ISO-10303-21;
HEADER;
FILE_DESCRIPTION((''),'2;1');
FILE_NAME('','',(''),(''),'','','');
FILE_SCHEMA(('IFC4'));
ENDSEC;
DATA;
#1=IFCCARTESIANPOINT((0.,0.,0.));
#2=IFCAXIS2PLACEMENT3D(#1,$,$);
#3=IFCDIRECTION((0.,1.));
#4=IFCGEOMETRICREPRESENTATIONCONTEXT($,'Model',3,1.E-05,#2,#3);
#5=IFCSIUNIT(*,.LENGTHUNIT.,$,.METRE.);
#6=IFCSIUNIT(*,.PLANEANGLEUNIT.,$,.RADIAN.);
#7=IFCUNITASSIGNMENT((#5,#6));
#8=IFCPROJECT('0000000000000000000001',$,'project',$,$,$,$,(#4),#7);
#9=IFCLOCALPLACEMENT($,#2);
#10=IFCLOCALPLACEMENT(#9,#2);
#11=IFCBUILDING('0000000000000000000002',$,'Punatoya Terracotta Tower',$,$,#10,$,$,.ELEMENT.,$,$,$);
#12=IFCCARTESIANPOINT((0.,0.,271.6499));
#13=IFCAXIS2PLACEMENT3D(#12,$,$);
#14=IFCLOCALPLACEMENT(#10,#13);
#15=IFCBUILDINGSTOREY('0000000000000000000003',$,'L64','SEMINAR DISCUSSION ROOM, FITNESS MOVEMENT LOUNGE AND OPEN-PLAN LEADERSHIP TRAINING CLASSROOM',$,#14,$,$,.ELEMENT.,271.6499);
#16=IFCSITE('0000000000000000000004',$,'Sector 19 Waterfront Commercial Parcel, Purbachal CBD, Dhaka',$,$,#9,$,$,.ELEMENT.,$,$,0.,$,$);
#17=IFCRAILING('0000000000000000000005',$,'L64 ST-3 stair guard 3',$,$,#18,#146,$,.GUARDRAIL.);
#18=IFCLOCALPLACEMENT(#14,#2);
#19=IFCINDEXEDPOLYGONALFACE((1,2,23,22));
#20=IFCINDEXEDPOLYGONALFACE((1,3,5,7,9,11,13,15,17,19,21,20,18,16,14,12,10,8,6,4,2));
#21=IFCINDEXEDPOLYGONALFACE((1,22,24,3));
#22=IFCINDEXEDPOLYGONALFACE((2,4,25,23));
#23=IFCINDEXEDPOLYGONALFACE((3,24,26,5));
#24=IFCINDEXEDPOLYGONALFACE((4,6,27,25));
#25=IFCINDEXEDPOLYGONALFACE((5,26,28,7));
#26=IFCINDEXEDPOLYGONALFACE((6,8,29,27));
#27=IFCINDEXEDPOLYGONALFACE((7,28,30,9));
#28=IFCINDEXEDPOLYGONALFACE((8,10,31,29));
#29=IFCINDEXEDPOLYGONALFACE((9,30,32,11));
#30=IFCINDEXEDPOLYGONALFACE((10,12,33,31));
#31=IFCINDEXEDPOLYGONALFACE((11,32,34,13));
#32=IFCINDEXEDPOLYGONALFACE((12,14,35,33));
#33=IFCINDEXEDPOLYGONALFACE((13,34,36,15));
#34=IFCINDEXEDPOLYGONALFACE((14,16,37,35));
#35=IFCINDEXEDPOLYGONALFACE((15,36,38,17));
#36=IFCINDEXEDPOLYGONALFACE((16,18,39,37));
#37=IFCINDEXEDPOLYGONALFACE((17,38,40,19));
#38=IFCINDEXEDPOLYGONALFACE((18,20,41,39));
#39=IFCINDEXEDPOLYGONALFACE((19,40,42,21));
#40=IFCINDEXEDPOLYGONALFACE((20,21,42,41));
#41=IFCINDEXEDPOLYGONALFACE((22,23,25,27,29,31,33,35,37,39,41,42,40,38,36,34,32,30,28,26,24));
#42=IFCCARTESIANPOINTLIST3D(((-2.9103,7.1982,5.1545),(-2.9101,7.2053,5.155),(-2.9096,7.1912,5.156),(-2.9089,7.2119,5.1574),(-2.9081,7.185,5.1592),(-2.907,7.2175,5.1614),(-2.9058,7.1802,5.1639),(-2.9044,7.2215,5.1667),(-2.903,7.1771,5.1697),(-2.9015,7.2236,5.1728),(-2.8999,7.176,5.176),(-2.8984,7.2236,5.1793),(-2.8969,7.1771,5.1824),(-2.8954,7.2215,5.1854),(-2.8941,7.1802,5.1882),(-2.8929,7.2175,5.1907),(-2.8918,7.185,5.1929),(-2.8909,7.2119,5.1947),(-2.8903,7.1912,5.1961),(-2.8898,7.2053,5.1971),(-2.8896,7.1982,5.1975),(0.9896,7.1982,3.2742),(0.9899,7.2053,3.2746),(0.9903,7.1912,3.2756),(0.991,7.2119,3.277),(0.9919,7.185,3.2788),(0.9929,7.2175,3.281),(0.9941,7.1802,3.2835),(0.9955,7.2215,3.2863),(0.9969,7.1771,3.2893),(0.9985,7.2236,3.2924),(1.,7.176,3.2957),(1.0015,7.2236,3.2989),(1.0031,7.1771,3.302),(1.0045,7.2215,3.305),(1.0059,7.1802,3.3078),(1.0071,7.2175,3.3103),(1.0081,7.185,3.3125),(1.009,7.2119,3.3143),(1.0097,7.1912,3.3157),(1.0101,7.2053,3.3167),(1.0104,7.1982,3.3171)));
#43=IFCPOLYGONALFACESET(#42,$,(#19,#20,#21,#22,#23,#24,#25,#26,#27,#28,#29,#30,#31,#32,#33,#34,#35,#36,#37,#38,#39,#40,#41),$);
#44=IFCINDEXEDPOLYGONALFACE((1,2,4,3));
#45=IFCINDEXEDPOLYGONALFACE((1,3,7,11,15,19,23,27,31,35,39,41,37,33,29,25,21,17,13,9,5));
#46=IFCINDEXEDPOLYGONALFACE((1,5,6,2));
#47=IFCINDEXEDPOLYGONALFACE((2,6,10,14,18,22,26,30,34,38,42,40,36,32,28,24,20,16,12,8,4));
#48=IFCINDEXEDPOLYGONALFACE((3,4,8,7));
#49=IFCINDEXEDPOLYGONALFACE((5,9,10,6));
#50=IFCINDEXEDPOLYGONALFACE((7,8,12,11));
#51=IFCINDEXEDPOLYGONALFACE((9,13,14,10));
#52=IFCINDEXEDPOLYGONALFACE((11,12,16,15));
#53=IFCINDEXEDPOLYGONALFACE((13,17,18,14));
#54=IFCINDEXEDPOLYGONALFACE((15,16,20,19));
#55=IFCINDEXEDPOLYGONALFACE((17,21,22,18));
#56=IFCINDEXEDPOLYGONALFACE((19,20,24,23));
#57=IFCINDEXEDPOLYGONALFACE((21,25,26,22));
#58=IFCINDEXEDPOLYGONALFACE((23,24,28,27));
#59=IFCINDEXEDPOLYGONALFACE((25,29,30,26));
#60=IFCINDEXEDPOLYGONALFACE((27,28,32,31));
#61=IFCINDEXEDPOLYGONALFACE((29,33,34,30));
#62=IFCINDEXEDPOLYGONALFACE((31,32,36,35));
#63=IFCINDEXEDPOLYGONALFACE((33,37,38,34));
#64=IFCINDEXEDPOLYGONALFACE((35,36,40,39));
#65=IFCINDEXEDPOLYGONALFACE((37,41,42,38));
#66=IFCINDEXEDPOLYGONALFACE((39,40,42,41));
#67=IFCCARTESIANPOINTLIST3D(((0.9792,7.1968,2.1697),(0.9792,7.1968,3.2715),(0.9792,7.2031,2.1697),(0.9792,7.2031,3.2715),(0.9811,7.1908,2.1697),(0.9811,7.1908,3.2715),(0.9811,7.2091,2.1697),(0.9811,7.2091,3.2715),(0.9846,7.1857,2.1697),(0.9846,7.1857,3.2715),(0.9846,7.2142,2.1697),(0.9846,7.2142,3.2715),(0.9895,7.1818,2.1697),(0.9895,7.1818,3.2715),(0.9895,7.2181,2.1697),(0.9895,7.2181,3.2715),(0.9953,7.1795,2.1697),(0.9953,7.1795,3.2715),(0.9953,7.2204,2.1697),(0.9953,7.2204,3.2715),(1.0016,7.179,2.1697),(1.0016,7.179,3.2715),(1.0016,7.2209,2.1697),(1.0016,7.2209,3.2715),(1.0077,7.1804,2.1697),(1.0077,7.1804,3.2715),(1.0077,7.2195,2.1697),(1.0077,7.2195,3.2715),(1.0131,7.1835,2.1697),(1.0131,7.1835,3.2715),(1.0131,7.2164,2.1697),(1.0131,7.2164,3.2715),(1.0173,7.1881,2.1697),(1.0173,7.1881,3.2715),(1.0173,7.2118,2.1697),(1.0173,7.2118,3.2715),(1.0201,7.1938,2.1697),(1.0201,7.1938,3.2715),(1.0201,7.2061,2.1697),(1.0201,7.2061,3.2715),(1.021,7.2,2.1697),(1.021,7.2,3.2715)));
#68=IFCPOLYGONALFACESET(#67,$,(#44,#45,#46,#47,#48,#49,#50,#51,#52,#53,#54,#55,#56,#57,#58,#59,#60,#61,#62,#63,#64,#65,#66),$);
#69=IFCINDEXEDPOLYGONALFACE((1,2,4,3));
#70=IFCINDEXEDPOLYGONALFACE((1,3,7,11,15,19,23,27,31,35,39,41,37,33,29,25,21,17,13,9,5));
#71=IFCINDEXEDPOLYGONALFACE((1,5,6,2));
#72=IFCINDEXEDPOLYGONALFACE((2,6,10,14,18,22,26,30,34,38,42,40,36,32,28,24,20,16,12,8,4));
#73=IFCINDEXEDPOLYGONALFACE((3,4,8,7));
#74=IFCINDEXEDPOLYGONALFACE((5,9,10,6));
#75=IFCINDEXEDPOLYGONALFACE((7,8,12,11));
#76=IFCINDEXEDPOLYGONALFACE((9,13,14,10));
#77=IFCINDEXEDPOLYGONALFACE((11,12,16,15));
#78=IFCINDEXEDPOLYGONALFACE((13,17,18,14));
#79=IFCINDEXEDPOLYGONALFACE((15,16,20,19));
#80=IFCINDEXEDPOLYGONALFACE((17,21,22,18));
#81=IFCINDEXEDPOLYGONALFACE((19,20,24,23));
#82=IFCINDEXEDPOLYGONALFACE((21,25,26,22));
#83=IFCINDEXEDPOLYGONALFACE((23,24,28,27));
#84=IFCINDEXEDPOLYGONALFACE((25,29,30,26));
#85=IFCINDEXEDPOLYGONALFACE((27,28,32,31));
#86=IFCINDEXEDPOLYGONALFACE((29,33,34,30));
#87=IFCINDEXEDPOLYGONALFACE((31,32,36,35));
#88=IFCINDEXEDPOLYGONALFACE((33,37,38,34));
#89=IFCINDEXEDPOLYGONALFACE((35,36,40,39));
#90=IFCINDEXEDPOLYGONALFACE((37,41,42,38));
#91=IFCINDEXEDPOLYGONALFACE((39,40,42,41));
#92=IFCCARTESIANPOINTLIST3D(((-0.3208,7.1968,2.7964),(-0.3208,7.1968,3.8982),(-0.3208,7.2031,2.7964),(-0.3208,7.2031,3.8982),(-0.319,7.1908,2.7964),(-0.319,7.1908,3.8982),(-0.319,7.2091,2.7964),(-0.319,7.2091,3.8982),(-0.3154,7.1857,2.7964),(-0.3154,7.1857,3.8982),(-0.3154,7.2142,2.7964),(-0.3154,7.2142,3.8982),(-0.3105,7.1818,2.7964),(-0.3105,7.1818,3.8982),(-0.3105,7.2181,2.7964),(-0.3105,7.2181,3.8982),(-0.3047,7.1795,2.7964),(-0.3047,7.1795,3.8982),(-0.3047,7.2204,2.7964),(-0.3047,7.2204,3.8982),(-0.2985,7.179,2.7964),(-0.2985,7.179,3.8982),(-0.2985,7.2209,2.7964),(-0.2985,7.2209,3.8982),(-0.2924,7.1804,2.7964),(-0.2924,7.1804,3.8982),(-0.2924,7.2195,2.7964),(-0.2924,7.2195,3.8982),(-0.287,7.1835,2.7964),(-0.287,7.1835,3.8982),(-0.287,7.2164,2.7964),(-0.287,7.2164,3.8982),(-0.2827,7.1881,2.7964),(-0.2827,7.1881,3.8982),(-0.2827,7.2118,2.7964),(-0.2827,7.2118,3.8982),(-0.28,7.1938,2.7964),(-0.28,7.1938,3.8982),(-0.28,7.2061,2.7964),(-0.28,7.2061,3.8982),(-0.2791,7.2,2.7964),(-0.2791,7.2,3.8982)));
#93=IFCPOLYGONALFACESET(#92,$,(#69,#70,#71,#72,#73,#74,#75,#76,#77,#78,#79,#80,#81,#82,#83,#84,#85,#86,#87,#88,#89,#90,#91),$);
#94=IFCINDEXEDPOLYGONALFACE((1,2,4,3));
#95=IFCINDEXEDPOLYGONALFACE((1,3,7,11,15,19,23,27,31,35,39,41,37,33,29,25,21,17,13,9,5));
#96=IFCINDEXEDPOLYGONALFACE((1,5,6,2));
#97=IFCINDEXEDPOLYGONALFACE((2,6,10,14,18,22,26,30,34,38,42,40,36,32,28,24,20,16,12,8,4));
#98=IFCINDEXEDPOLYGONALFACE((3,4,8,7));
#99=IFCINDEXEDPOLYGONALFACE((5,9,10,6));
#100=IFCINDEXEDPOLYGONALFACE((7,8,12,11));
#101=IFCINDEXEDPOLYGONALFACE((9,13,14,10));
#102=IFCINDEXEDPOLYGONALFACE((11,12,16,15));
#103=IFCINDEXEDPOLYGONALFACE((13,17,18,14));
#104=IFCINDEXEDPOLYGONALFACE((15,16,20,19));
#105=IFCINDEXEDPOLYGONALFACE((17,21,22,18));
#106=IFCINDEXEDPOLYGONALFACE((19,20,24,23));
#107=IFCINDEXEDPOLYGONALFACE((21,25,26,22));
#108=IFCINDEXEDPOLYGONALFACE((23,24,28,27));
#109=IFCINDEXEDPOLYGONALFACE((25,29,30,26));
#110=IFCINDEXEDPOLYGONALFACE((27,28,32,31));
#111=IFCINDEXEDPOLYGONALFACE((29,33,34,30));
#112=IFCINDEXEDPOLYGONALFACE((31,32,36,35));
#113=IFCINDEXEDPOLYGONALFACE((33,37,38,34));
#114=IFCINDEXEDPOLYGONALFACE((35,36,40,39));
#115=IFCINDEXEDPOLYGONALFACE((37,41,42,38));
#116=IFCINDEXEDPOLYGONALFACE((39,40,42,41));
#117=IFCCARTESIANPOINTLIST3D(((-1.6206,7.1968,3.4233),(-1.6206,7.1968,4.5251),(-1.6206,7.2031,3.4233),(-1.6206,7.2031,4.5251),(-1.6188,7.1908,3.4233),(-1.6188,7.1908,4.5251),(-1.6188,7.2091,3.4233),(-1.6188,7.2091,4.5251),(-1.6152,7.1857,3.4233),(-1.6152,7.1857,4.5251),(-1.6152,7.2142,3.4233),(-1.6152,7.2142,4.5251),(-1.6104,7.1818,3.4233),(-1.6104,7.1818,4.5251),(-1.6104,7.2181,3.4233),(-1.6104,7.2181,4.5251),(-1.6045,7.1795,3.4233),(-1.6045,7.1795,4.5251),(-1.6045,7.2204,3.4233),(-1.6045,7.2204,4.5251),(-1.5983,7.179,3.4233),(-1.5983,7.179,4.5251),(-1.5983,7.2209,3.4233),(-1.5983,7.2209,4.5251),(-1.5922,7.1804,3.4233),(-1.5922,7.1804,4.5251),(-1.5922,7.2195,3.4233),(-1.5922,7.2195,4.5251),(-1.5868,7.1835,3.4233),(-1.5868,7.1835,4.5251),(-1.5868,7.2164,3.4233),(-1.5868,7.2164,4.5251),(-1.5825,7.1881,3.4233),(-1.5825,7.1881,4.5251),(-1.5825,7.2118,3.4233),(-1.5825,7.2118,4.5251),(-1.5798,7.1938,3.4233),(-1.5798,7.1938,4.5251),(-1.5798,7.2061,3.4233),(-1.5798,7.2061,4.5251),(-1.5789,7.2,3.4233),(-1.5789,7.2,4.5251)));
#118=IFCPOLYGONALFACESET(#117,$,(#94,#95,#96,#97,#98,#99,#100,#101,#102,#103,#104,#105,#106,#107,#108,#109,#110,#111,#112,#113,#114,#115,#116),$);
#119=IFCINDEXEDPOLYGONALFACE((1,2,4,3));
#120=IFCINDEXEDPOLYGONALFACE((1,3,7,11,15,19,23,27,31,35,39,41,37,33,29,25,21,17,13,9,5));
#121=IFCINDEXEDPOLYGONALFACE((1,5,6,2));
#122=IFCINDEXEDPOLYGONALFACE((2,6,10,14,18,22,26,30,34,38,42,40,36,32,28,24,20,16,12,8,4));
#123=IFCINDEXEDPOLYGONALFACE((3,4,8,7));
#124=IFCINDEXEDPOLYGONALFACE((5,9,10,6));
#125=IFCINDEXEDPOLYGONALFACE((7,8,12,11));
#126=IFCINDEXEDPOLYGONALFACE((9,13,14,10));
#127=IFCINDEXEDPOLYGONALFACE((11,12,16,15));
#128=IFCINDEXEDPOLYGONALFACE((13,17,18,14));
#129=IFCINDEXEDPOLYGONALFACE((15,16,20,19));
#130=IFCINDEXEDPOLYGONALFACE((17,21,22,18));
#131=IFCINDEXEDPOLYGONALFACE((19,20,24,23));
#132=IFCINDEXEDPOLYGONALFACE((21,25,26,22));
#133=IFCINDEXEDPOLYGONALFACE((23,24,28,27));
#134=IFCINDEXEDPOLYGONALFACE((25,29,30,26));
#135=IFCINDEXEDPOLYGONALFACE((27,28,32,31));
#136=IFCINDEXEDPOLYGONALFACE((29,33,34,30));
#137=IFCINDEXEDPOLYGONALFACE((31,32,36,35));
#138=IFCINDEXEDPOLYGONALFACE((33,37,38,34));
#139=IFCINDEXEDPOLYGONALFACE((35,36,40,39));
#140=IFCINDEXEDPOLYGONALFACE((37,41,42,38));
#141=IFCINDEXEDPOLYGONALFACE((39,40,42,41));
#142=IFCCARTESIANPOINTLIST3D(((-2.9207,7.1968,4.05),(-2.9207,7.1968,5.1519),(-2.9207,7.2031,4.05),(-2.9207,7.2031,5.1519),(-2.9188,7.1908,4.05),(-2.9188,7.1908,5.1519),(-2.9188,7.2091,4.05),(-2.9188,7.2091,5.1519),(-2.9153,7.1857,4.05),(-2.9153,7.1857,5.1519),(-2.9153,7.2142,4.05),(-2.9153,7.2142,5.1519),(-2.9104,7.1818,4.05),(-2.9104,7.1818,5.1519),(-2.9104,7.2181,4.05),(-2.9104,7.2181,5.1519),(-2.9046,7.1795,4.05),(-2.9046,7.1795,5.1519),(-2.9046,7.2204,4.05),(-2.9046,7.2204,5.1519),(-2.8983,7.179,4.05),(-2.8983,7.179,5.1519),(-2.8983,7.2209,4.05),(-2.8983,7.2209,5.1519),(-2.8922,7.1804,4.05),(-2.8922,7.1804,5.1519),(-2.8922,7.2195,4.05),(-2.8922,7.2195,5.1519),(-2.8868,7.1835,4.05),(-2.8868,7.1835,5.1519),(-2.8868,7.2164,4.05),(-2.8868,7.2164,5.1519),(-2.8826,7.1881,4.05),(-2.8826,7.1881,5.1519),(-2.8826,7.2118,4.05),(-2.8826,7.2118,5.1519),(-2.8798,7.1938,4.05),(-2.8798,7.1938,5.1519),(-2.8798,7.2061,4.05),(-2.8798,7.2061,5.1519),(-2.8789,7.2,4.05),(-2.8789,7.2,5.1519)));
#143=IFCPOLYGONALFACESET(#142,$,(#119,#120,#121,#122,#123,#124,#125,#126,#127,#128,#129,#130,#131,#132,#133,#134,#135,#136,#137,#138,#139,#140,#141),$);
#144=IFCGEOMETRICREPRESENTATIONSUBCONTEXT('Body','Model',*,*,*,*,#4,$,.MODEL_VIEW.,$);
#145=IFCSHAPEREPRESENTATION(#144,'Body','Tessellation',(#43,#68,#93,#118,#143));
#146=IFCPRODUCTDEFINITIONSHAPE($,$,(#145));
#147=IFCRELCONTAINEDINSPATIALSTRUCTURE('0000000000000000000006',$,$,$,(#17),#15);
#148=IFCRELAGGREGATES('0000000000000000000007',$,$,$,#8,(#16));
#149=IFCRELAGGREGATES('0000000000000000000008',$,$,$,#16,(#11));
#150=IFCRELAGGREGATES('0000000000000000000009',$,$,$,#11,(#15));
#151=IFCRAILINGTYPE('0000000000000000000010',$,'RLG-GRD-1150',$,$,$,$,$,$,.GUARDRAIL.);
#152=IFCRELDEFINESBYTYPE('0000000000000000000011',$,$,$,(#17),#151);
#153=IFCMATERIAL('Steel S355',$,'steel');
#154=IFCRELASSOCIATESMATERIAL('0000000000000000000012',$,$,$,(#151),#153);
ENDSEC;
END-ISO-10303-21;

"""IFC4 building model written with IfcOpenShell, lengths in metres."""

from ifc_helpers import new_model, si_unit, direction, frame, origin, origin_2d, place, context, subcontext, project, spatial, circle, extrude, material, type_object, element, save


model = new_model("IFC4")

# Units and contexts
model_context = context("Model", 3, precision=1e-05, world=origin(), true_north=direction((0.0, 1.0)))
body_context = subcontext(model_context, "Body", "Model", "MODEL_VIEW")
ifc_project = project(units=[si_unit("LENGTHUNIT", "METRE"), si_unit("PLANEANGLEUNIT", "RADIAN")], contexts=[model_context])

# Site, building, storey
site_placement = place(None, origin())
site = spatial("IfcSite", under=ifc_project, at=site_placement, Name="Sector 19 Waterfront Commercial Parcel, Purbachal CBD, Dhaka", CompositionType="ELEMENT", RefElevation=0.0)
building_placement = place(site_placement, origin())
building = spatial("IfcBuilding", under=site, at=building_placement, Name="Punatoya Terracotta Tower", CompositionType="ELEMENT")
storey_placement = place(building_placement, frame((0.0, 0.0, 271.6499)))
storey = spatial("IfcBuildingStorey", under=building, at=storey_placement, Name="L64", Description="SEMINAR DISCUSSION ROOM, FITNESS MOVEMENT LOUNGE AND OPEN-PLAN LEADERSHIP TRAINING CLASSROOM", CompositionType="ELEMENT", Elevation=271.6499)

# Shared definitions
ifc_material_1 = material(Name="Steel S355", Category="steel")

# Railing
railing_type_1 = type_object("IfcRailingType", Name="RLG-GRD-1150", PredefinedType="GUARDRAIL", material=ifc_material_1)
railing_1_placement = place(storey_placement, frame((1.0, 7.2, 2.1697)))
element("IfcRailing", 1, at=railing_1_placement, inside=storey, type_object=railing_type_1, Name="L64 ST-3 stair guard 3", PredefinedType="GUARDRAIL", context=body_context, shape_type="SweptSolid", body=[
    extrude(circle(Radius=0.0239, at=origin_2d()), frame((0.0, 0.0, 1.126), z_axis=(-0.900763, 0.0, 0.434311), x_axis=(0.0, -1.0, 0.0)), (0.0, 0.0, 1.0), 4.3296),
    extrude(circle(Radius=0.021, at=origin_2d()), origin(), (0.0, 0.0, 1.0), 1.1018),
    extrude(circle(Radius=0.021, at=origin_2d()), frame((-1.3, 0.0, 0.6267)), (0.0, 0.0, 1.0), 1.1018),
    extrude(circle(Radius=0.021, at=origin_2d()), frame((-2.5999, 0.0, 1.2537)), (0.0, 0.0, 1.0), 1.1018),
    extrude(circle(Radius=0.021, at=origin_2d()), frame((-3.8999, 0.0, 1.8804)), (0.0, 0.0, 1.0), 1.1018),
])

save(model, "model.ifc")
